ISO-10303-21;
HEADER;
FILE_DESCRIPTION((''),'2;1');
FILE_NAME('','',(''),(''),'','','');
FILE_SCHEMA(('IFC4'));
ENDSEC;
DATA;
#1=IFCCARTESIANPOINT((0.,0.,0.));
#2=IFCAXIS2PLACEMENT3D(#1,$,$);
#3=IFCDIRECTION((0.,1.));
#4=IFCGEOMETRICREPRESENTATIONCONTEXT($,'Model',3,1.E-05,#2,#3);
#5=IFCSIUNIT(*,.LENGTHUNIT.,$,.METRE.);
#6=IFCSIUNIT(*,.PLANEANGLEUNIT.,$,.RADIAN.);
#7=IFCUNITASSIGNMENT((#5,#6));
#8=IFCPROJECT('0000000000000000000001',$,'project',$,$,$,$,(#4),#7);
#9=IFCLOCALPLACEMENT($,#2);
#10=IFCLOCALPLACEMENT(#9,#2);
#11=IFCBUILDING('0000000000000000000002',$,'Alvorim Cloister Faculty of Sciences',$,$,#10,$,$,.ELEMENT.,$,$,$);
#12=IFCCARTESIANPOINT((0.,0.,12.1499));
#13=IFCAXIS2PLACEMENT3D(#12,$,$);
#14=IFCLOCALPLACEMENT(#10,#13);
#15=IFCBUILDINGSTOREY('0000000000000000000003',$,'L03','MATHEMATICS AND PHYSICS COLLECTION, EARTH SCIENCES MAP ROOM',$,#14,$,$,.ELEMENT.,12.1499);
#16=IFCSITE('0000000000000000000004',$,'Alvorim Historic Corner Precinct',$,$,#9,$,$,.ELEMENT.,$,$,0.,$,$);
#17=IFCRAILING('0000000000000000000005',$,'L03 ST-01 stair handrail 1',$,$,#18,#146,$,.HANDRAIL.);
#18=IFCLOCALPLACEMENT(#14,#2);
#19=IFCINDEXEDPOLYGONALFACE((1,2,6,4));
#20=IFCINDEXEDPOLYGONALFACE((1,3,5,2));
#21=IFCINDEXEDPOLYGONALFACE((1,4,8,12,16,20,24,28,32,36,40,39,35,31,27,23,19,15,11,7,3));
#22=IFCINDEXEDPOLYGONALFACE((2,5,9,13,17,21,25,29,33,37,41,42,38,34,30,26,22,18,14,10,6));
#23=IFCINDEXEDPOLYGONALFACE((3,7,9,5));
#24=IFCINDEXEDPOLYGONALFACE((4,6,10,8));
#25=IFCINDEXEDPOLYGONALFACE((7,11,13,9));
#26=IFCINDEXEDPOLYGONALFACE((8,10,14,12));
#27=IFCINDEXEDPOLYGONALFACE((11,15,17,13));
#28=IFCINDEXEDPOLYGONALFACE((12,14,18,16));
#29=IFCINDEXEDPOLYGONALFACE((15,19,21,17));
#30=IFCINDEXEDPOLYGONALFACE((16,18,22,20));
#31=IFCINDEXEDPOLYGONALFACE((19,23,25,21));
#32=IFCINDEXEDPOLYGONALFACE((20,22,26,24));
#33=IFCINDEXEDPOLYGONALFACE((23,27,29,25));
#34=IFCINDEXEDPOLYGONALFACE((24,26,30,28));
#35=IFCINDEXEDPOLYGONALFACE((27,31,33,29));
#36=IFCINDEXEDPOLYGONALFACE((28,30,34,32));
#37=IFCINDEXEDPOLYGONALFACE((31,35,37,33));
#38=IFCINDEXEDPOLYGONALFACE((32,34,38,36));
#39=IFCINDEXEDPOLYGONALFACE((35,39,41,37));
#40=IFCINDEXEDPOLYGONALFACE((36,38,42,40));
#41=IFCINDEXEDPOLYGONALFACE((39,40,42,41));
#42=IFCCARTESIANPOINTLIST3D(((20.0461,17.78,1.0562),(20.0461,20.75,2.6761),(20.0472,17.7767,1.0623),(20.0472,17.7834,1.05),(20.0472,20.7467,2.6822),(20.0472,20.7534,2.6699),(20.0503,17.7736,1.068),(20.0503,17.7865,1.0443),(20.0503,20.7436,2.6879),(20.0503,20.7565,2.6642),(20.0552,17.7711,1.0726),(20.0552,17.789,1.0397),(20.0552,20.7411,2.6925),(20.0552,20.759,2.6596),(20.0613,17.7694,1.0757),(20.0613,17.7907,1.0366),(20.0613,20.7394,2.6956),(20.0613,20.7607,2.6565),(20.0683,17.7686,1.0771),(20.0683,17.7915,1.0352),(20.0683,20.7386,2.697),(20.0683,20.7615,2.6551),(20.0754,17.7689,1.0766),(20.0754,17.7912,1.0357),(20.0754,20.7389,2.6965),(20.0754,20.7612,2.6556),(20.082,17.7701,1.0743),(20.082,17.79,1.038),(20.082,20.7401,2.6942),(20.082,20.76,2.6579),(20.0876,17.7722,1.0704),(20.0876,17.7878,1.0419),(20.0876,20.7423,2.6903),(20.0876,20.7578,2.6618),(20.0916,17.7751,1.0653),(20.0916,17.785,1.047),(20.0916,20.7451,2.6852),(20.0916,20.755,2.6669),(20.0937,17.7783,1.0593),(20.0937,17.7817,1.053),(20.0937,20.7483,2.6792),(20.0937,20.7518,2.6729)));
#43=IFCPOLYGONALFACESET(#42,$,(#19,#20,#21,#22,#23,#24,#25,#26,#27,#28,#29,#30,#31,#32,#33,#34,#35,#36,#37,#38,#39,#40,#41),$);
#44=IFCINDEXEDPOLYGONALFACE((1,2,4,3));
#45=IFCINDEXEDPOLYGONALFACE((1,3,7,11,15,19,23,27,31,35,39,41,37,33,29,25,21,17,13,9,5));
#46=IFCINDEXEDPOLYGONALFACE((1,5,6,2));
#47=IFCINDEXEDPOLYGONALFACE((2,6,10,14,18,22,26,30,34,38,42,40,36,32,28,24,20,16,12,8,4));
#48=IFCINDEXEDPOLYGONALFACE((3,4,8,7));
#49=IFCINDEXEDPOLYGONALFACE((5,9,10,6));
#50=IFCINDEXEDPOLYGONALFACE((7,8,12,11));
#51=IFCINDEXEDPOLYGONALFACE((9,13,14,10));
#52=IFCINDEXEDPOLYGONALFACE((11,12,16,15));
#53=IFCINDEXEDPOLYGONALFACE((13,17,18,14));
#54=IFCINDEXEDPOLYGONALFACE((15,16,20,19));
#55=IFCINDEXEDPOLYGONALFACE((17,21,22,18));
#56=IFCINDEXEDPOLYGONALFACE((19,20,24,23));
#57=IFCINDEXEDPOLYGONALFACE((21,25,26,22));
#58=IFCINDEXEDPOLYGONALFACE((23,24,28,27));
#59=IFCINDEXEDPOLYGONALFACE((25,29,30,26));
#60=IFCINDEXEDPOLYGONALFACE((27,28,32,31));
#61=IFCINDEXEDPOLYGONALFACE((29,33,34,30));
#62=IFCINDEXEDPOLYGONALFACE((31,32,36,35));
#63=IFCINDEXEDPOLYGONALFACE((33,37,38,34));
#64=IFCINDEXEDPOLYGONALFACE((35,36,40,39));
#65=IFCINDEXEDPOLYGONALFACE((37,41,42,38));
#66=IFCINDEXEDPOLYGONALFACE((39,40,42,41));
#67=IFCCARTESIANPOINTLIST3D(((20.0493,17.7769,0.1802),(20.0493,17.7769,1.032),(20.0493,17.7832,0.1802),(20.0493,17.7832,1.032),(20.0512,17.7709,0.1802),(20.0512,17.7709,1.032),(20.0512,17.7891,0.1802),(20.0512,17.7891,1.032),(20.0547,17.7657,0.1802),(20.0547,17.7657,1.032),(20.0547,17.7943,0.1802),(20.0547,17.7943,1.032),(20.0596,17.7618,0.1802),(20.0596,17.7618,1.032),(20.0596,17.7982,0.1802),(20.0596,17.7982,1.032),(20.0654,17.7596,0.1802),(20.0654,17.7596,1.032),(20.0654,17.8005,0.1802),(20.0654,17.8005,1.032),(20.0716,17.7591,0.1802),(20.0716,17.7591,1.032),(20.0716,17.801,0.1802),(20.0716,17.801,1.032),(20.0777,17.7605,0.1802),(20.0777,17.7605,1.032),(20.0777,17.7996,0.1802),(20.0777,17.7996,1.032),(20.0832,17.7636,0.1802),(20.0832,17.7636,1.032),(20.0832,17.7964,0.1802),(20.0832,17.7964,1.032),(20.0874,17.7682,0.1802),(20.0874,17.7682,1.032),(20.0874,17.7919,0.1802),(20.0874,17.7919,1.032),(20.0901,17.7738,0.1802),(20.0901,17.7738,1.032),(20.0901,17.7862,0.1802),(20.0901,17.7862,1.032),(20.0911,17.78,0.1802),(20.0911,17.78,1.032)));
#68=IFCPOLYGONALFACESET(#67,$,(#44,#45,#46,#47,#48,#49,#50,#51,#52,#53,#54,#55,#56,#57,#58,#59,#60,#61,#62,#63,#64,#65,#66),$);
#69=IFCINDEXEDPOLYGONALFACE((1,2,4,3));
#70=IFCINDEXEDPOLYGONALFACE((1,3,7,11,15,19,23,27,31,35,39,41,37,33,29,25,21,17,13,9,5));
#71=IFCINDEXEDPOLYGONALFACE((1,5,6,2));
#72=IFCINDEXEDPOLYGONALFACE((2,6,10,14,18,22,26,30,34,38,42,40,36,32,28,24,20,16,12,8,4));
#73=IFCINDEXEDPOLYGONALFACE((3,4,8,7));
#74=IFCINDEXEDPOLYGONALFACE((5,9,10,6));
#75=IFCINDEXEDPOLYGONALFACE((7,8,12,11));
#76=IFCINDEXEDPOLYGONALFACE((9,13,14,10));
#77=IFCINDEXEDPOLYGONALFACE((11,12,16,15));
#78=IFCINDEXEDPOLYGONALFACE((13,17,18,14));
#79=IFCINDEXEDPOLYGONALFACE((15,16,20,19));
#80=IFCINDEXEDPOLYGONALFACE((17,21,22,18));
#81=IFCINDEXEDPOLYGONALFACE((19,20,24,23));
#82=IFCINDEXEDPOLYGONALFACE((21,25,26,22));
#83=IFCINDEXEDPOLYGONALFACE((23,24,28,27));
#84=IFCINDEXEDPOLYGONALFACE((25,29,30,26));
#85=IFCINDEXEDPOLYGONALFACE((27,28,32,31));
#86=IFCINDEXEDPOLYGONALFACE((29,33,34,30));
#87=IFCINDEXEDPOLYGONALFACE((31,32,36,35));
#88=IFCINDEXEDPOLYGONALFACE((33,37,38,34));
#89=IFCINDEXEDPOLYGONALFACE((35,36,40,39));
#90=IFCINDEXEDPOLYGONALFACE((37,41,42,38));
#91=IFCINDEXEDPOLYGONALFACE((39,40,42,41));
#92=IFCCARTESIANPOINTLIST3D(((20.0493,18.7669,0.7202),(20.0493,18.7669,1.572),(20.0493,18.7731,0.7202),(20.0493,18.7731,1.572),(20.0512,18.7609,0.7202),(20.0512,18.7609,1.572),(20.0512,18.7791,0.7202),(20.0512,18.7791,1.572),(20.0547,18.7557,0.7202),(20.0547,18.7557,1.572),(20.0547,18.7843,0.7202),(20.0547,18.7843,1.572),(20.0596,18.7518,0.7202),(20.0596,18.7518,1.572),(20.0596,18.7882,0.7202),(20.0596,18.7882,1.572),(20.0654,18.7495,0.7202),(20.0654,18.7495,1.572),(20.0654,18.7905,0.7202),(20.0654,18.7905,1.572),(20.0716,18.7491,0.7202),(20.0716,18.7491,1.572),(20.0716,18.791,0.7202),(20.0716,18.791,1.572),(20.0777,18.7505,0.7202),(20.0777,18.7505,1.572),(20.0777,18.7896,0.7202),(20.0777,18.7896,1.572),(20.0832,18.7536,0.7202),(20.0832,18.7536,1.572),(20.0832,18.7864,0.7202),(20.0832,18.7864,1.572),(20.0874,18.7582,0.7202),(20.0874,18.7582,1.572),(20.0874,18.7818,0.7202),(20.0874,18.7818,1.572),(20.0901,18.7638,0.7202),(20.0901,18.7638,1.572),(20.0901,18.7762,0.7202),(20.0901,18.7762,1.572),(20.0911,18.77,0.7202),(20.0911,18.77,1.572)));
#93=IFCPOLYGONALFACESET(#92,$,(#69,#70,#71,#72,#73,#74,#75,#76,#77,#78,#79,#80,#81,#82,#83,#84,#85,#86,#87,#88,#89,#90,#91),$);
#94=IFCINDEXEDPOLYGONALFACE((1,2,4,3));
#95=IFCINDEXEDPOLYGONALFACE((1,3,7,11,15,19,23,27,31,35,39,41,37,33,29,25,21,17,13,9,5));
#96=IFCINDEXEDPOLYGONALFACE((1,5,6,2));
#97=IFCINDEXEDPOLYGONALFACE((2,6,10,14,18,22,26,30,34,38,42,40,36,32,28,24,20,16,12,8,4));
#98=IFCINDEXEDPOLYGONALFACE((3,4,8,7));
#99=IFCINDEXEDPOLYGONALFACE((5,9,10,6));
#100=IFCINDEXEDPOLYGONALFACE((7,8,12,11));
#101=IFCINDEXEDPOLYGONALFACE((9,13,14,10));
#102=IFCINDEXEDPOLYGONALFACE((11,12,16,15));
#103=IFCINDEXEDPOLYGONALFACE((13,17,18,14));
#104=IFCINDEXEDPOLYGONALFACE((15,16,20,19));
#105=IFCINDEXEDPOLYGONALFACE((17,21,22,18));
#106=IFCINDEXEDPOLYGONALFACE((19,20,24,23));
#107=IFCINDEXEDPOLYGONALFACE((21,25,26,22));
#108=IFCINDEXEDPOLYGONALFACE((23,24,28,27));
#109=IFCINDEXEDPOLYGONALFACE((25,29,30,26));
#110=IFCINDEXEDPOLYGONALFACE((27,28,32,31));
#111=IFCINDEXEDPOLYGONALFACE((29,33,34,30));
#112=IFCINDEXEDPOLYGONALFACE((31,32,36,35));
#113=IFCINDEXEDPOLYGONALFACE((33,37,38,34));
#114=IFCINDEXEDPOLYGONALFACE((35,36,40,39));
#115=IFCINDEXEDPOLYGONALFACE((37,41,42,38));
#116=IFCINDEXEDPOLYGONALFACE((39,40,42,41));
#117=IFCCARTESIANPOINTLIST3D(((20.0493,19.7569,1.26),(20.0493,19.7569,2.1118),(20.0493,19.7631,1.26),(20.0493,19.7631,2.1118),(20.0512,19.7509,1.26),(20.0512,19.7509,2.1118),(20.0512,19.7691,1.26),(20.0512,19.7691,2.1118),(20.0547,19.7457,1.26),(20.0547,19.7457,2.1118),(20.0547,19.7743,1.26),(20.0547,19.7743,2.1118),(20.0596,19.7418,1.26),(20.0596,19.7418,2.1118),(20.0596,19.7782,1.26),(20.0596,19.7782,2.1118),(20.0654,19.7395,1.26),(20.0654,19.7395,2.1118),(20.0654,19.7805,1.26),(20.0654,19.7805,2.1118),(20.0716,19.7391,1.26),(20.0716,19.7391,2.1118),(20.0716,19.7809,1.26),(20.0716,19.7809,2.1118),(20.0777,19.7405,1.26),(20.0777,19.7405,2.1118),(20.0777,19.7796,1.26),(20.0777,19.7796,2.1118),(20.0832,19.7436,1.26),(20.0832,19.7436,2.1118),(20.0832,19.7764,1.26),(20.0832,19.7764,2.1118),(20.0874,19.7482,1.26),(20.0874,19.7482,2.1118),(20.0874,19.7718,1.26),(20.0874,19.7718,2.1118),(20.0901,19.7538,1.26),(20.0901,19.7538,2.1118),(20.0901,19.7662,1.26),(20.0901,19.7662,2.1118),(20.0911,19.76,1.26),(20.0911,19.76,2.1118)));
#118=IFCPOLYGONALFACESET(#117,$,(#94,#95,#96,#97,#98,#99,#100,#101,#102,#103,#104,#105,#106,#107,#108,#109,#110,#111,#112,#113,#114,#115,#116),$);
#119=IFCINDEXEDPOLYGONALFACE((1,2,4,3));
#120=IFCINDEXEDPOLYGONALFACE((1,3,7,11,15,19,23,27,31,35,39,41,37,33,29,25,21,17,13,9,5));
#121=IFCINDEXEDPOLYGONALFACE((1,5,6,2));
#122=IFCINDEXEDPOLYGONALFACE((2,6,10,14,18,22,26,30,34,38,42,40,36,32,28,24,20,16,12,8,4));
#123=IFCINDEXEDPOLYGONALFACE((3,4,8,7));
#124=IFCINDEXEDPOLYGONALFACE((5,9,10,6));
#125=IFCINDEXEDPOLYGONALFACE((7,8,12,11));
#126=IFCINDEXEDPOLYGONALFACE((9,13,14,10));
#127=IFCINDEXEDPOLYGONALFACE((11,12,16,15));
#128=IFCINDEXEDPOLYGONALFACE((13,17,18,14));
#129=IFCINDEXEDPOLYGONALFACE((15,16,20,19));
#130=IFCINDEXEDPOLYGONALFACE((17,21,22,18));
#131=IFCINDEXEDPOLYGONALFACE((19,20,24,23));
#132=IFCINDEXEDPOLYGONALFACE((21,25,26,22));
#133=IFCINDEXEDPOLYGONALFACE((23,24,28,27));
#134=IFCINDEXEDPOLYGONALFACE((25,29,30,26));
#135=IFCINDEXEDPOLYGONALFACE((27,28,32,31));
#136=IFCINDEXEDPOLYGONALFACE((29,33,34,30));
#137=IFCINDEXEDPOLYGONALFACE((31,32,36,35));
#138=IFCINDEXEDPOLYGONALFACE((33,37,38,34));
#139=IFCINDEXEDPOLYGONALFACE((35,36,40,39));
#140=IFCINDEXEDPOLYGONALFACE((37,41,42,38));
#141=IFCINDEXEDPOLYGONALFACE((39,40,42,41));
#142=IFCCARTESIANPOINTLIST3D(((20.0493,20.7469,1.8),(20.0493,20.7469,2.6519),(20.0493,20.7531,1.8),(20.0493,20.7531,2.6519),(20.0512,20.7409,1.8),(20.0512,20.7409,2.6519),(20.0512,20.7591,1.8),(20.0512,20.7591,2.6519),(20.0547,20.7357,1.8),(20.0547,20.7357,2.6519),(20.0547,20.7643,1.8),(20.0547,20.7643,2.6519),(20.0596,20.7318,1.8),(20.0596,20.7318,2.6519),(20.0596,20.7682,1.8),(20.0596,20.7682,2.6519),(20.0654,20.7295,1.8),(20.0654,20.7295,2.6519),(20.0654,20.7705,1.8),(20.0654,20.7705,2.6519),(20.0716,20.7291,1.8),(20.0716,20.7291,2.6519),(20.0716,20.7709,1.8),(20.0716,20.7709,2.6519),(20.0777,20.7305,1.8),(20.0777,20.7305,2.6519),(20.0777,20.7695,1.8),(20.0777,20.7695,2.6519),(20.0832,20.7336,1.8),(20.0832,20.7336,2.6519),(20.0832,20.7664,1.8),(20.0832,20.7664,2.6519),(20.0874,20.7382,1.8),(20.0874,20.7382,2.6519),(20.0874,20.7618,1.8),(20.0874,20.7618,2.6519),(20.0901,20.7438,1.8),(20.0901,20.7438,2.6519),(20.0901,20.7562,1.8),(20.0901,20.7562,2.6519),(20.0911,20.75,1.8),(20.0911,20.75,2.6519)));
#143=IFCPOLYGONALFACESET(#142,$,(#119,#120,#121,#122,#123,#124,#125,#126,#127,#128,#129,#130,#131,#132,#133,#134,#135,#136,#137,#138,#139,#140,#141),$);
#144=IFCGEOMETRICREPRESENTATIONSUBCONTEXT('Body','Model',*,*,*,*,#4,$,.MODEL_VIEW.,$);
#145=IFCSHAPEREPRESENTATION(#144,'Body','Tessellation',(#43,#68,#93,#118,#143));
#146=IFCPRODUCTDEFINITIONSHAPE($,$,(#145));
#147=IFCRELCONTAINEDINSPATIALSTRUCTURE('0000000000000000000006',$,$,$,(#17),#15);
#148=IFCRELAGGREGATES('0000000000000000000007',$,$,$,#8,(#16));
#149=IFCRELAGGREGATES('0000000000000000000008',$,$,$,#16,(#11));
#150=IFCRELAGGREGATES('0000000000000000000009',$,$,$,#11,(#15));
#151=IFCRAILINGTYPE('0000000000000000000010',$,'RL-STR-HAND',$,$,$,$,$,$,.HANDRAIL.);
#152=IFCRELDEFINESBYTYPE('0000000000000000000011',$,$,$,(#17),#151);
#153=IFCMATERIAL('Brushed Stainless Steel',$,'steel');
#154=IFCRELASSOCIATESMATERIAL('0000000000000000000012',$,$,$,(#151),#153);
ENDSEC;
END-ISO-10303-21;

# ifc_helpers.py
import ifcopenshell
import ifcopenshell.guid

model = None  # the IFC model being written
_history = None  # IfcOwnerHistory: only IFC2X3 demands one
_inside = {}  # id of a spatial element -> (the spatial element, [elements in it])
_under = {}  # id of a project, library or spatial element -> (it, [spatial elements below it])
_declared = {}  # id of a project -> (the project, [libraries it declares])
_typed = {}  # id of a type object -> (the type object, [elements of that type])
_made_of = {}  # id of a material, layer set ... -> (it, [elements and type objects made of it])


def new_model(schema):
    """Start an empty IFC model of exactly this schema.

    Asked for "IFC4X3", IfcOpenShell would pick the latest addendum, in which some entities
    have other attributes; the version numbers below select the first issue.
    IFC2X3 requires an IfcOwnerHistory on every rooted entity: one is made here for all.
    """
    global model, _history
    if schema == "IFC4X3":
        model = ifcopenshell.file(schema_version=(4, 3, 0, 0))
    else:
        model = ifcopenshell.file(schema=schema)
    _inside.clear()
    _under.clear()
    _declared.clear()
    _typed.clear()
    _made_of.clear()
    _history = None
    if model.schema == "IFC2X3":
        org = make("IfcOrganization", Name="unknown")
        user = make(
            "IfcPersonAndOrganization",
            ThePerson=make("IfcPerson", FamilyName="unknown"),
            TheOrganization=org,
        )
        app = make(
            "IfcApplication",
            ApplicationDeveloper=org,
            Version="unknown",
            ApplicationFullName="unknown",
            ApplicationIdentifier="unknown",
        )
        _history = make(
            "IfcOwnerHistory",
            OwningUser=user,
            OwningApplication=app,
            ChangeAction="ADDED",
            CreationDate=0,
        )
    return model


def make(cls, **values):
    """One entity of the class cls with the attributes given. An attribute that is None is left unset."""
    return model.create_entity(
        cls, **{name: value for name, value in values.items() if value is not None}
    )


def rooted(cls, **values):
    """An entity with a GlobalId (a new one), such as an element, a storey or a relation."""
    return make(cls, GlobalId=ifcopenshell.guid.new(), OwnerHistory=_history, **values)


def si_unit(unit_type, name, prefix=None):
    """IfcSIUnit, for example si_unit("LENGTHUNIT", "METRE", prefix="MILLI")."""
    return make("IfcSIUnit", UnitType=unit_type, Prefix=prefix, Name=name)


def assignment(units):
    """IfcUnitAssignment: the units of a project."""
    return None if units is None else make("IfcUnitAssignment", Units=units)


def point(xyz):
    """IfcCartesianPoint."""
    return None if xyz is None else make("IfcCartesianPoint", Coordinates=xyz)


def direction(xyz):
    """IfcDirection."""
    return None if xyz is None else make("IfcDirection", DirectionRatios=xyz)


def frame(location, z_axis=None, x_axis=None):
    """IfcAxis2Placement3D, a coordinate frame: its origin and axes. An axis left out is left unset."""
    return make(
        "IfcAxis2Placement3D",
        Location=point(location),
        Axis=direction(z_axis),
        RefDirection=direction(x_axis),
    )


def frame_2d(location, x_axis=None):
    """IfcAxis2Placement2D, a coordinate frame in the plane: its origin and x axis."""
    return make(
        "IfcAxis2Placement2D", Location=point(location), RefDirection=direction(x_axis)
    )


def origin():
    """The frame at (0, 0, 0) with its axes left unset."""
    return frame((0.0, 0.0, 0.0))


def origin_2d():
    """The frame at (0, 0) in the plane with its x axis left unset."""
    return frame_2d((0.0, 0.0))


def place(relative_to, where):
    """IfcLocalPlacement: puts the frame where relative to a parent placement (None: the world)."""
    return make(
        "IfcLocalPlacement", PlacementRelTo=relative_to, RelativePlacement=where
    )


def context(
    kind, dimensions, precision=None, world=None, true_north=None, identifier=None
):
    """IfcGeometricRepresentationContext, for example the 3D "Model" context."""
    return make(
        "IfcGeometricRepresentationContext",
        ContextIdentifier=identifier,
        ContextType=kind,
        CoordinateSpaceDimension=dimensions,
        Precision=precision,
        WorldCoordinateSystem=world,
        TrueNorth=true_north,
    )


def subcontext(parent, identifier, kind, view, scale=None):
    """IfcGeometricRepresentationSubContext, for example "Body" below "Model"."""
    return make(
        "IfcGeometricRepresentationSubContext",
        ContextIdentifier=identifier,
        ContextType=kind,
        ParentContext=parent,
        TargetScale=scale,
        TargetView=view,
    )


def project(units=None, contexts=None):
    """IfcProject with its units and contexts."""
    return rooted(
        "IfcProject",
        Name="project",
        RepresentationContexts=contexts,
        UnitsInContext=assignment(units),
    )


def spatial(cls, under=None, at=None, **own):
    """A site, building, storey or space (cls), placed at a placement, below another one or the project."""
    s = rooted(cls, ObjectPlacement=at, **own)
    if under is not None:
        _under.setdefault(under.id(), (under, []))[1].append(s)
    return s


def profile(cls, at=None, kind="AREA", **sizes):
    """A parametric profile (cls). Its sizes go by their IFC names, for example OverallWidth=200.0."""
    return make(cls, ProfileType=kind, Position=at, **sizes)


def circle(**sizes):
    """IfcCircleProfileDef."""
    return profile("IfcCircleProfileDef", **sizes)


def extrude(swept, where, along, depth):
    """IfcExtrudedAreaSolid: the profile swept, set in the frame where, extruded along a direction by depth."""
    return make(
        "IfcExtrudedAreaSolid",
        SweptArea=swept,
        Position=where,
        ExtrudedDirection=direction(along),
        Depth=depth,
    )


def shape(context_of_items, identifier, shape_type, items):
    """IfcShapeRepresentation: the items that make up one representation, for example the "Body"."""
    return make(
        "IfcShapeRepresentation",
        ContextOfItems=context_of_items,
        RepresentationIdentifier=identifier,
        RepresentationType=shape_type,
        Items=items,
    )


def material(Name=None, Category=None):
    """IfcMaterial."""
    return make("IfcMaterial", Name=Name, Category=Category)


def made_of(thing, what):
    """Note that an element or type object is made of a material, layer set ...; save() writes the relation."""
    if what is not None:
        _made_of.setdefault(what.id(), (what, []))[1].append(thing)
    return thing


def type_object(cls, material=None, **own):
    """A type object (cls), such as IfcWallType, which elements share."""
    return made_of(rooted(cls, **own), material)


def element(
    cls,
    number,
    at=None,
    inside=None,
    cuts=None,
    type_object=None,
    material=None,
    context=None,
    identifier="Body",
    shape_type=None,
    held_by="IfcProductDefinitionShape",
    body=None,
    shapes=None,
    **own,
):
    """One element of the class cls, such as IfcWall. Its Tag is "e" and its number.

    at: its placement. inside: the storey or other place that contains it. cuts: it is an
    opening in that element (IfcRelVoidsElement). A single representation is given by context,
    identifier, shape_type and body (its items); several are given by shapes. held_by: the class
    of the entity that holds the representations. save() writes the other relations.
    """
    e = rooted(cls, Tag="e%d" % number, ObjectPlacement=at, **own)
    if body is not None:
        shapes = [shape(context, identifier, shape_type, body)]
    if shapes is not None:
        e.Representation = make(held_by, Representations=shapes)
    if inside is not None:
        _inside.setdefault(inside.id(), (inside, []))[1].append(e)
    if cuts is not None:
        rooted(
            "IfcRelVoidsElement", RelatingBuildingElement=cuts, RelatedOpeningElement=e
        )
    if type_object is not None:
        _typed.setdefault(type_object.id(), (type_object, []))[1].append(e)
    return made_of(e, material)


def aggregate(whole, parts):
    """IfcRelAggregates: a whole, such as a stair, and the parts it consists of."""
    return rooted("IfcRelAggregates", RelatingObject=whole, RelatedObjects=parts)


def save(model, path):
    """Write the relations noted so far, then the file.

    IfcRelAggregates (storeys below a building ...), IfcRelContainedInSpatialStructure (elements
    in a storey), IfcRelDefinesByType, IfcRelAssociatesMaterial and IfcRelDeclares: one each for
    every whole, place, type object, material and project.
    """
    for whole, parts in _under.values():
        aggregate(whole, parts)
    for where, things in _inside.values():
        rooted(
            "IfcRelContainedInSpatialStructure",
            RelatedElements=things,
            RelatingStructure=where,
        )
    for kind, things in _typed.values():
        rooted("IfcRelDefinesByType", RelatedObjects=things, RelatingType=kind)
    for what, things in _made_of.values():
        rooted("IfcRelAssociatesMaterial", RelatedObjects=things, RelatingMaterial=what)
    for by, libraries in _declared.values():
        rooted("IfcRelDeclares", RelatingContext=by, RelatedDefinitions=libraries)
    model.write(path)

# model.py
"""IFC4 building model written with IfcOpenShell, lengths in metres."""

from ifc_helpers import new_model, si_unit, direction, frame, origin, origin_2d, place, context, subcontext, project, spatial, circle, extrude, material, type_object, element, save


model = new_model("IFC4")

# Units and contexts
model_context = context("Model", 3, precision=1e-05, world=origin(), true_north=direction((0.0, 1.0)))
body_context = subcontext(model_context, "Body", "Model", "MODEL_VIEW")
ifc_project = project(units=[si_unit("LENGTHUNIT", "METRE"), si_unit("PLANEANGLEUNIT", "RADIAN")], contexts=[model_context])

# Site, building, storey
site_placement = place(None, origin())
site = spatial("IfcSite", under=ifc_project, at=site_placement, Name="Alvorim Historic Corner Precinct", CompositionType="ELEMENT", RefElevation=0.0)
building_placement = place(site_placement, origin())
building = spatial("IfcBuilding", under=site, at=building_placement, Name="Alvorim Cloister Faculty of Sciences", CompositionType="ELEMENT")
storey_placement = place(building_placement, frame((0.0, 0.0, 12.1499)))
storey = spatial("IfcBuildingStorey", under=building, at=storey_placement, Name="L03", Description="MATHEMATICS AND PHYSICS COLLECTION, EARTH SCIENCES MAP ROOM", CompositionType="ELEMENT", Elevation=12.1499)

# Shared definitions
ifc_material_1 = material(Name="Brushed Stainless Steel", Category="steel")

# Railing
railing_type_1 = type_object("IfcRailingType", Name="RL-STR-HAND", PredefinedType="HANDRAIL", material=ifc_material_1)
railing_1_placement = place(storey_placement, frame((20.0701, 17.78, 0.1802)))
element("IfcRailing", 1, at=railing_1_placement, inside=storey, type_object=railing_type_1, Name="L03 ST-01 stair handrail 1", PredefinedType="HANDRAIL", context=body_context, shape_type="SweptSolid", body=[
    extrude(circle(Radius=0.0239, at=origin_2d()), frame((0.0, 0.0, 0.876), z_axis=(0.0, 0.877909, 0.478827), x_axis=(-1.0, 0.0, 0.0)), (0.0, 0.0, 1.0), 3.3831),
    extrude(circle(Radius=0.021, at=origin_2d()), origin(), (0.0, 0.0, 1.0), 0.8518),
    extrude(circle(Radius=0.021, at=origin_2d()), frame((0.0, 0.99, 0.54)), (0.0, 0.0, 1.0), 0.8518),
    extrude(circle(Radius=0.021, at=origin_2d()), frame((0.0, 1.98, 1.0798)), (0.0, 0.0, 1.0), 0.8518),
    extrude(circle(Radius=0.021, at=origin_2d()), frame((0.0, 2.97, 1.6199)), (0.0, 0.0, 1.0), 0.8518),
])

save(model, "model.ifc")
